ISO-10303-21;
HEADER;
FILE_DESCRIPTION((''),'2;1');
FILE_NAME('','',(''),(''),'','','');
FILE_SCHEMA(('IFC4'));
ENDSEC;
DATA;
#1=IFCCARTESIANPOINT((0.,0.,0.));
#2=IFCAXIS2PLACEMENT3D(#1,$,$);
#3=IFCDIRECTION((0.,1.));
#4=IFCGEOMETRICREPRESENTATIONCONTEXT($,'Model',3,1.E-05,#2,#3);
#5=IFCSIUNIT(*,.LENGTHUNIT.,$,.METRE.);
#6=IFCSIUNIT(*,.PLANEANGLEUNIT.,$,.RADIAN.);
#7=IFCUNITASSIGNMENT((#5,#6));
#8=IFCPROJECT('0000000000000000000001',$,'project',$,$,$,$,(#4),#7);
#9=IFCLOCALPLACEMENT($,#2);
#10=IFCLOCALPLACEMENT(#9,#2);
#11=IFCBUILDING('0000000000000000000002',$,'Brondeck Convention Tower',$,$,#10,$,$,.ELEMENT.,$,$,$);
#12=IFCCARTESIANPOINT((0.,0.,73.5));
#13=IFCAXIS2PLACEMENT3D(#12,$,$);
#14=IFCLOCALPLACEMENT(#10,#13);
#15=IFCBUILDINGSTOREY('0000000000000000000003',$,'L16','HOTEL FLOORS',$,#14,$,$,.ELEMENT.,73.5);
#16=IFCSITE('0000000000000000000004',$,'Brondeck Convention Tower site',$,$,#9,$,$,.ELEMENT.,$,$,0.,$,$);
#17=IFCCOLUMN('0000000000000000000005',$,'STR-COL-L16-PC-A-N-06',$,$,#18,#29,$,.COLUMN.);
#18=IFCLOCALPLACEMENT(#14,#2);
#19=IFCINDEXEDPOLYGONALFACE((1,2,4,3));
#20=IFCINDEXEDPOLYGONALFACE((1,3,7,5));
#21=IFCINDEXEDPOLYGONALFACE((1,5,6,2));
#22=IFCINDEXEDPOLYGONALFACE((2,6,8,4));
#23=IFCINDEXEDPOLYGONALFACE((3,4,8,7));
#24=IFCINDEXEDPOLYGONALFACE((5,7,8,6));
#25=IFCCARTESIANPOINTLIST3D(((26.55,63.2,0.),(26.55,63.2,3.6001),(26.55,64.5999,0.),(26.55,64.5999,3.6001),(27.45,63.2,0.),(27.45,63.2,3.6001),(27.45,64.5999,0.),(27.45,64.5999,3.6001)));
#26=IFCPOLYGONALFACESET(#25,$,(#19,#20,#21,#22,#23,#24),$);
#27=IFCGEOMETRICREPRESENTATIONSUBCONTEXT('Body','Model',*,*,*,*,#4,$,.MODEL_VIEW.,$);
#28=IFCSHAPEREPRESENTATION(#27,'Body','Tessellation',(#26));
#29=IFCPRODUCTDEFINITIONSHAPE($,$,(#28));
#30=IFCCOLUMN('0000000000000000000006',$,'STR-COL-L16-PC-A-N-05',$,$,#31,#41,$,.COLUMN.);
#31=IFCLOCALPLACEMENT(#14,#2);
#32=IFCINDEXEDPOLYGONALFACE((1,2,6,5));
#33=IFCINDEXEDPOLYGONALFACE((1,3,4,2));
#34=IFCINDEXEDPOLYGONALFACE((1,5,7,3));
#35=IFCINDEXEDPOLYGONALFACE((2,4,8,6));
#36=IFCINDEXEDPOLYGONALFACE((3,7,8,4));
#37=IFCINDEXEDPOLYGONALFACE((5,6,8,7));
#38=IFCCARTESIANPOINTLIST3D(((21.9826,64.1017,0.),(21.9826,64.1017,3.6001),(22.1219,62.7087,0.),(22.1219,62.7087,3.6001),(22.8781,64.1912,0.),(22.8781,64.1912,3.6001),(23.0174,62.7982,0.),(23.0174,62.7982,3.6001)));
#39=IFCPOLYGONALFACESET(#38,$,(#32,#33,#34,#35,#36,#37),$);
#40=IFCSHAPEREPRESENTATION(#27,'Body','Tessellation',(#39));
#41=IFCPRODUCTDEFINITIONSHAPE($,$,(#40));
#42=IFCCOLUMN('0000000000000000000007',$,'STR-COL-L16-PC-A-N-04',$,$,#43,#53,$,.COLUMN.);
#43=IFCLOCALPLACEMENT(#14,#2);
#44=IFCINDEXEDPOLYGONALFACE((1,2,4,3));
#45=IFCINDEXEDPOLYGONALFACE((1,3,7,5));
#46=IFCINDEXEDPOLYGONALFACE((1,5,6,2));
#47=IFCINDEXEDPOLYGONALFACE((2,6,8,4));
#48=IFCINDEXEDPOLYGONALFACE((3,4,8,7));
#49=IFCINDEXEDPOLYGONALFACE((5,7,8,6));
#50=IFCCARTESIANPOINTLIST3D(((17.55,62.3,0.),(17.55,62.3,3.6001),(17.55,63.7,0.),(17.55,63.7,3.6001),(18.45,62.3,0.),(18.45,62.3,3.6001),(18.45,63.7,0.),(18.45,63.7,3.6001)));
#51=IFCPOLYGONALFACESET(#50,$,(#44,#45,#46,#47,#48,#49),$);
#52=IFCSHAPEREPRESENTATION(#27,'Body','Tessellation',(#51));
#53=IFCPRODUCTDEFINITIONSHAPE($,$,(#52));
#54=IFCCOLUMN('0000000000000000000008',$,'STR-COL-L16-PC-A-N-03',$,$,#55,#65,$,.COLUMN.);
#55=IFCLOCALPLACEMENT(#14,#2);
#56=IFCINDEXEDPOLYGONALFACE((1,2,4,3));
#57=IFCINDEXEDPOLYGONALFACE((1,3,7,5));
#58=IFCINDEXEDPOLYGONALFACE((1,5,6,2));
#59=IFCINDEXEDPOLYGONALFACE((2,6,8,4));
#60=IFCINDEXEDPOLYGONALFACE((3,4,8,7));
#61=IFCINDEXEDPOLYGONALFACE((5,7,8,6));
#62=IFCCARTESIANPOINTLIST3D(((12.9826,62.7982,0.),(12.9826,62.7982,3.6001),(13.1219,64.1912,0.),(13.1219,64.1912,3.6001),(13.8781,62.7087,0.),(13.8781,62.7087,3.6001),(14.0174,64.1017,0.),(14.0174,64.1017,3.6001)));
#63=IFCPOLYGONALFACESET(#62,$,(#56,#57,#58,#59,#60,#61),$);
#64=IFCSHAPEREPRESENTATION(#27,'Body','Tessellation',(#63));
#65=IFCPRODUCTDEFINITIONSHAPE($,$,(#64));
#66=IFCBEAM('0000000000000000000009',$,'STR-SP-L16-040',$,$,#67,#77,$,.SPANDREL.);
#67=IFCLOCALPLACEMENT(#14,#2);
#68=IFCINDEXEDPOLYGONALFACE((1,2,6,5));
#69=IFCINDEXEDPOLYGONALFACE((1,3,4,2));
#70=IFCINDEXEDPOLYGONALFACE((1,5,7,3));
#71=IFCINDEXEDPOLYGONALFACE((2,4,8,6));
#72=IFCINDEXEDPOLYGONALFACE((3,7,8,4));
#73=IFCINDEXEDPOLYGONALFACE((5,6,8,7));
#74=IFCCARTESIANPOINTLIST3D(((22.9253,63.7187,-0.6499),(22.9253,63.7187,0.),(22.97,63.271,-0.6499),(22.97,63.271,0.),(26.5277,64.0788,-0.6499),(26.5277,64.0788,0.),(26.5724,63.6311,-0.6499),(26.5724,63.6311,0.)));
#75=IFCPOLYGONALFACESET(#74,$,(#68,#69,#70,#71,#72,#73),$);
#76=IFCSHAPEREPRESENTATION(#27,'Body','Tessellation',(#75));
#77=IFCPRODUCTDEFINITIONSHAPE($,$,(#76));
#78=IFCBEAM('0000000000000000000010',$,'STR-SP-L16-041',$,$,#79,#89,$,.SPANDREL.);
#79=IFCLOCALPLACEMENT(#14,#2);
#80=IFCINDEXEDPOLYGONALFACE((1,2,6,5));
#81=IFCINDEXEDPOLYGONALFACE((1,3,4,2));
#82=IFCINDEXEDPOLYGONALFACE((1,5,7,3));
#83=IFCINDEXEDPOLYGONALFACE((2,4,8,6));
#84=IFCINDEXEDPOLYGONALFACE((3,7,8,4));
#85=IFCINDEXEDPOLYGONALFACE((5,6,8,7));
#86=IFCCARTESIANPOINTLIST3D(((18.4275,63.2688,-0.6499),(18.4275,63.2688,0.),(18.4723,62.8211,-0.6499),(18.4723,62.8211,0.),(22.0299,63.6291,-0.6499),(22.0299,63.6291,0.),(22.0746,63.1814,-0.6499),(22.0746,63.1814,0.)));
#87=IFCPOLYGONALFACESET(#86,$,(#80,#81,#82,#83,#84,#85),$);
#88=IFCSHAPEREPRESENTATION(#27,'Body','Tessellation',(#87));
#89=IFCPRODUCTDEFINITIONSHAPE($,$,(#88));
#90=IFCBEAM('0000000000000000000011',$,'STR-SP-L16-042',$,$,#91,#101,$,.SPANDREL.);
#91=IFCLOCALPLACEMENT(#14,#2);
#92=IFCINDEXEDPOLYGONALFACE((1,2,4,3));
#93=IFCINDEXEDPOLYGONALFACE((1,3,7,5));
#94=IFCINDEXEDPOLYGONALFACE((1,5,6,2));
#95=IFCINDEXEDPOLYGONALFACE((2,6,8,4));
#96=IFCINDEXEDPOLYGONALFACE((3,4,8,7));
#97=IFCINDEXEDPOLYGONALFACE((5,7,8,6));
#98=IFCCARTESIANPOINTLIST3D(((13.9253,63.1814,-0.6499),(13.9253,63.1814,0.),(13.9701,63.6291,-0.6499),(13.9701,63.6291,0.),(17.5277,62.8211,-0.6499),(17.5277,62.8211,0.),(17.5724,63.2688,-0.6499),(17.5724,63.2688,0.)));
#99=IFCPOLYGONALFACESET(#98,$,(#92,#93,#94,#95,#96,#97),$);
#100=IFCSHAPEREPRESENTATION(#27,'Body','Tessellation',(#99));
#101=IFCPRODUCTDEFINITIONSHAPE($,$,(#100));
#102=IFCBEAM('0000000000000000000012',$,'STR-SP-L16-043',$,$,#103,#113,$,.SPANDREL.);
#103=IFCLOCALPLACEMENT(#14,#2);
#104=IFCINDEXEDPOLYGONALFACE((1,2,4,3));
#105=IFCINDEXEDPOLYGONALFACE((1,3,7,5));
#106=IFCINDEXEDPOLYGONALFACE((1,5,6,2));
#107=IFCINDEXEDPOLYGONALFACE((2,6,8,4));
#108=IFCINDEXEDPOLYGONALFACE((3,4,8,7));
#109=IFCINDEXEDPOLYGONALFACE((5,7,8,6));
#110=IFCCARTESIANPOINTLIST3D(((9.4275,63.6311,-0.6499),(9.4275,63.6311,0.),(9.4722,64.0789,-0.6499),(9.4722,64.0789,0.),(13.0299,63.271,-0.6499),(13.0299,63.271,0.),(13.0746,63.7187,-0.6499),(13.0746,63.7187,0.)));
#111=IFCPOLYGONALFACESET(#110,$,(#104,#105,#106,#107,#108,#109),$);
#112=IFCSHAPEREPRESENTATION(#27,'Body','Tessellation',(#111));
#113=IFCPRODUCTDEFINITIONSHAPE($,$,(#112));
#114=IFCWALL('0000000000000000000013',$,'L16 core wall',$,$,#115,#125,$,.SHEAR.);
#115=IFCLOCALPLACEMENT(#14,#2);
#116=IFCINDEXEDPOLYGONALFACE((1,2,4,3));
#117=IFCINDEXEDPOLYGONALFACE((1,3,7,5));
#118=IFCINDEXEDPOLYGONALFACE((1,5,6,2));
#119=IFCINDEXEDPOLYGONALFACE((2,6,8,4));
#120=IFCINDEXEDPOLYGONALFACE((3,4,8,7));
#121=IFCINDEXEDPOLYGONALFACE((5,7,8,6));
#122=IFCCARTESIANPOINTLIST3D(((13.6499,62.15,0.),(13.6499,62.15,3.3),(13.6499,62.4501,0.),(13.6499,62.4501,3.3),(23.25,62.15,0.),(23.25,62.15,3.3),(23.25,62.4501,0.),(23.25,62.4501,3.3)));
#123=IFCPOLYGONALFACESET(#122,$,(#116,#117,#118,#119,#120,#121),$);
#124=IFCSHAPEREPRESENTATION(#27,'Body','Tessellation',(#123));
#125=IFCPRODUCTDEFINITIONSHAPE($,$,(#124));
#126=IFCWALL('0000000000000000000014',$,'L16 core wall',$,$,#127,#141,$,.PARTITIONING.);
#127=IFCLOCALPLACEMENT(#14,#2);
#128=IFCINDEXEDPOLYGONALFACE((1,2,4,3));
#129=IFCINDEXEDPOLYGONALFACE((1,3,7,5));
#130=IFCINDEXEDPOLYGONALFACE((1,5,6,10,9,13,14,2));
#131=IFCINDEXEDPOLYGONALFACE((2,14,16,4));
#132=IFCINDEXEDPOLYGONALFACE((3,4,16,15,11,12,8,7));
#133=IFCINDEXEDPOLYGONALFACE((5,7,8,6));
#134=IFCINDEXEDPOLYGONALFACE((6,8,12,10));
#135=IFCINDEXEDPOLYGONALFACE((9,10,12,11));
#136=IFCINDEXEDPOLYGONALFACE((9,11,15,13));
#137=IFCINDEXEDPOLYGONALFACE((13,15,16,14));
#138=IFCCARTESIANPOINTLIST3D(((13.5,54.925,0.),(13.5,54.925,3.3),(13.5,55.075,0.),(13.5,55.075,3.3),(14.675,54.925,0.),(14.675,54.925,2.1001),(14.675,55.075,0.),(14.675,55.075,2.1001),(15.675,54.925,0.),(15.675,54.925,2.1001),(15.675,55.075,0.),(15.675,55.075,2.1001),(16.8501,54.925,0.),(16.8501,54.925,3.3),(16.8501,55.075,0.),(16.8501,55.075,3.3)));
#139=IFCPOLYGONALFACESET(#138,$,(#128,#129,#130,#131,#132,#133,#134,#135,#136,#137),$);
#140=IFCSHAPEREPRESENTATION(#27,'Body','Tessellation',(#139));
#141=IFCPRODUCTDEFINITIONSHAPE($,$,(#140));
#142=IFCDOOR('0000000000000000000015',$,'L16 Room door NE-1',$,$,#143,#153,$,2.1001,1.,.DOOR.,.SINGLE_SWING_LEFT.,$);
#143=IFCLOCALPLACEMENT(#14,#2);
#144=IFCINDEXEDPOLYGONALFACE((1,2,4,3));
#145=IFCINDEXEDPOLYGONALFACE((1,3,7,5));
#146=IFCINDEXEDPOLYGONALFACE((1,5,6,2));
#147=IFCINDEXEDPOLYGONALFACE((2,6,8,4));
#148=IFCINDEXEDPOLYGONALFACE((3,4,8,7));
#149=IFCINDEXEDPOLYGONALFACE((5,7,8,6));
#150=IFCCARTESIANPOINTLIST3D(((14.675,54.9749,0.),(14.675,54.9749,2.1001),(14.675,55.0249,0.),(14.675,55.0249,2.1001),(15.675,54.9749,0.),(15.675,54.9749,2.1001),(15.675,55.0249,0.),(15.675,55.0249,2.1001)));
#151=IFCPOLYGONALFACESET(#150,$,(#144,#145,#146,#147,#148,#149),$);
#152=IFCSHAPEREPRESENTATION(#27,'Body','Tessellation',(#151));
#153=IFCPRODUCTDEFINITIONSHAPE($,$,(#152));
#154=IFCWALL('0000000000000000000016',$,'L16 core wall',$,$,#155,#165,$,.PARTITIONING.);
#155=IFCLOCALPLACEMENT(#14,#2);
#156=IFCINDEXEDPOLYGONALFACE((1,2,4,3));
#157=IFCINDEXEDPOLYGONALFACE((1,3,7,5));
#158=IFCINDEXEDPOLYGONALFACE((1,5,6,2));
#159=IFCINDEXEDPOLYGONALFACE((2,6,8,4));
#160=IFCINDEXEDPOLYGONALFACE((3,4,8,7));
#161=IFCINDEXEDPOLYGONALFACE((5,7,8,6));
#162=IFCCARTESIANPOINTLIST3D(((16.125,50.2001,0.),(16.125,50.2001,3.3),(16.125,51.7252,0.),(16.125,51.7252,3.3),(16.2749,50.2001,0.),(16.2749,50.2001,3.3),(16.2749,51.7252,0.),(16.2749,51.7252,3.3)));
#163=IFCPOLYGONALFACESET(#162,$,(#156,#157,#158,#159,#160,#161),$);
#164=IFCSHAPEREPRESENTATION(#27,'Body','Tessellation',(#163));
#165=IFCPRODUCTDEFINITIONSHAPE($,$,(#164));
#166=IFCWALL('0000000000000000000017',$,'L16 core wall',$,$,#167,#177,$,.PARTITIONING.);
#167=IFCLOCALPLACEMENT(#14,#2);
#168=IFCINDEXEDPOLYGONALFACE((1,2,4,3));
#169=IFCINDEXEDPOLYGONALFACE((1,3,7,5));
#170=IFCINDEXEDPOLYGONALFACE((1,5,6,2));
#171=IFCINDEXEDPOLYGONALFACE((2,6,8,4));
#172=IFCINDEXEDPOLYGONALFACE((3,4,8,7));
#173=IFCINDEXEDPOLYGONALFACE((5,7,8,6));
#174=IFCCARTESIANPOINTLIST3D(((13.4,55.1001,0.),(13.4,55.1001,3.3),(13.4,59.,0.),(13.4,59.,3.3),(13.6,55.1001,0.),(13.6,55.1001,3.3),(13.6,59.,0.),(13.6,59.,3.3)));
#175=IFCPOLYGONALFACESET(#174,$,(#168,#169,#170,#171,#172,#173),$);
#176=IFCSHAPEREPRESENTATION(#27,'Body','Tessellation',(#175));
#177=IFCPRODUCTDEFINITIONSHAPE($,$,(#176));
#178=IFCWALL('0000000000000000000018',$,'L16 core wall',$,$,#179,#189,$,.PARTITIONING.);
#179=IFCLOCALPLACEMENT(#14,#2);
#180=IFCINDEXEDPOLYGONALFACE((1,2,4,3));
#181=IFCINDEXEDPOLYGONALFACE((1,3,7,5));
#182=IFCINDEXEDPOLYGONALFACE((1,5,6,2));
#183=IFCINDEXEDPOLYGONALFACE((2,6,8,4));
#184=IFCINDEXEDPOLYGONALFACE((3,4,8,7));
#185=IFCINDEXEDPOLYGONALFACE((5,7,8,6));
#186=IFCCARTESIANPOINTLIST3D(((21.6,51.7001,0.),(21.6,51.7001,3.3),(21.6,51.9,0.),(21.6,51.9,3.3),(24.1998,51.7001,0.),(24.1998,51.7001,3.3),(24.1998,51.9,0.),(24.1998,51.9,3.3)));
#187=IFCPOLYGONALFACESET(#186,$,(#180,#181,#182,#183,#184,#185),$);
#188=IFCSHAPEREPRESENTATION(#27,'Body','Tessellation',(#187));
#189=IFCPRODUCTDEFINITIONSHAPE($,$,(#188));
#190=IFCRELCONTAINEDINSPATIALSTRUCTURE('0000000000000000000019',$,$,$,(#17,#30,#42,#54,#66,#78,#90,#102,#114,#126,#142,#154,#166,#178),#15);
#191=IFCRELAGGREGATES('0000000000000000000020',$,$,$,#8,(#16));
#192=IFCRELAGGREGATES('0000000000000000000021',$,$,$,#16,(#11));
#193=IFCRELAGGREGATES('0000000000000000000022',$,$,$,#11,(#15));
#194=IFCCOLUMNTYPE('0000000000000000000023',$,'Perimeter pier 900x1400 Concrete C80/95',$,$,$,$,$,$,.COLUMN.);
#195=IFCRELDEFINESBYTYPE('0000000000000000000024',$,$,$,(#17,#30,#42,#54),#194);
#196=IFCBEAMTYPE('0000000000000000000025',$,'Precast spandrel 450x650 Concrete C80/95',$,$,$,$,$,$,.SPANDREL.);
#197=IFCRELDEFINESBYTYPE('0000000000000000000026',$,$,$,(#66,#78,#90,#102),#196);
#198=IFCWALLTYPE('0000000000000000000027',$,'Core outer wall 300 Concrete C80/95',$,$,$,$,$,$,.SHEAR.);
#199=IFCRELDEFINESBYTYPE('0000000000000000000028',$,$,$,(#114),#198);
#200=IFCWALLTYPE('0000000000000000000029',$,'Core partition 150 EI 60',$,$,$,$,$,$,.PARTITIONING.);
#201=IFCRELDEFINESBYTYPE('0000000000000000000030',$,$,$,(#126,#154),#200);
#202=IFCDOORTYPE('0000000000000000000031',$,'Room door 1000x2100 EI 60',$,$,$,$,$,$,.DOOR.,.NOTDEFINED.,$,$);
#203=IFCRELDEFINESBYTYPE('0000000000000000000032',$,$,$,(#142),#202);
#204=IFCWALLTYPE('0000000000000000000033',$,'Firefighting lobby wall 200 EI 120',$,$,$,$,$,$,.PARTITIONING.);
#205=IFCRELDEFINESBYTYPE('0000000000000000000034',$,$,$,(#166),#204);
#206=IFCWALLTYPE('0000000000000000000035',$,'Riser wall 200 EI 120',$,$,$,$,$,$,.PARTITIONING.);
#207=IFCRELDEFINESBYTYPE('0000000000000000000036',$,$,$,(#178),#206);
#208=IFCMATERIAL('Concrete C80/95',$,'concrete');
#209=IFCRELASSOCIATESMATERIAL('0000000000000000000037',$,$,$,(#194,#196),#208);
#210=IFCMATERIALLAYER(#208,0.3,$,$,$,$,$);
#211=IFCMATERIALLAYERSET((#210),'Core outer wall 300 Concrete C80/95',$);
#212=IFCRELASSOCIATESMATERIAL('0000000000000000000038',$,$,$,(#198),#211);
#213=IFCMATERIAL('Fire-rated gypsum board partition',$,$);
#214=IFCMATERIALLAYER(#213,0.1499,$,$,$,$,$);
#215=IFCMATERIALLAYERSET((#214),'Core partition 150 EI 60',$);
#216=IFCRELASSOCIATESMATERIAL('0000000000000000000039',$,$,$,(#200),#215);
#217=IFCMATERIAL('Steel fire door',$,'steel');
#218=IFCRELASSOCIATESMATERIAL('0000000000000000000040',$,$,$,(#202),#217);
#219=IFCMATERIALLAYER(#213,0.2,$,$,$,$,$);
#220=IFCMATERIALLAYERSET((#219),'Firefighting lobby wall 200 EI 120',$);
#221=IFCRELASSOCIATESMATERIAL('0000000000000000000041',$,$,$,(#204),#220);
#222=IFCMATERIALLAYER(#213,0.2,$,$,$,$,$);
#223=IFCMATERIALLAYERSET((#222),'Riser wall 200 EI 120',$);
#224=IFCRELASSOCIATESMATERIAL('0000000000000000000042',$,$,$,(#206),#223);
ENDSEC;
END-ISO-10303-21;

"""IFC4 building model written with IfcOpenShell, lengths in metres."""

from ifc_helpers import new_model, si_unit, direction, frame, frame_2d, origin, origin_2d, place, context, subcontext, project, spatial, rectangle, extrude, material, layer, layer_set, material_profile, profile_set, type_object, element, fill, save


model = new_model("IFC4")

# Units and contexts
model_context = context("Model", 3, precision=1e-05, world=origin(), true_north=direction((0.0, 1.0)))
body_context = subcontext(model_context, "Body", "Model", "MODEL_VIEW")
ifc_project = project(units=[si_unit("LENGTHUNIT", "METRE"), si_unit("PLANEANGLEUNIT", "RADIAN")], contexts=[model_context])

# Site, building, storey
site_placement = place(None, origin())
site = spatial("IfcSite", under=ifc_project, at=site_placement, Name="Brondeck Convention Tower site", CompositionType="ELEMENT", RefElevation=0.0)
building_placement = place(site_placement, origin())
building = spatial("IfcBuilding", under=site, at=building_placement, Name="Brondeck Convention Tower", CompositionType="ELEMENT")
storey_placement = place(building_placement, frame((0.0, 0.0, 73.5)))
storey = spatial("IfcBuildingStorey", under=building, at=storey_placement, Name="L16", Description="HOTEL FLOORS", CompositionType="ELEMENT", Elevation=73.5)

# Columns
ifc_material_1 = material(Name="Concrete C80/95", Category="concrete")
ifc_material_profile_1 = material_profile(ifc_material_1, rectangle(XDim=0.8999, YDim=1.3999, at=origin_2d()), Name="Perimeter pier 900x1400 Concrete C80/95")
ifc_profile_set_1 = profile_set([ifc_material_profile_1], Name="Concrete C80/95")
column_type = type_object("IfcColumnType", Name="Perimeter pier 900x1400 Concrete C80/95", PredefinedType="COLUMN", material=ifc_profile_set_1)
for number, where, z_axis, x_axis, name in (
    (1, (27.0, 63.8999, 0.0), (0.0, 0.0, 1.0), (-1.0, 0.0, 0.0), "STR-COL-L16-PC-A-N-06"),
    (2, (22.5, 63.45, 0.0), (0.0, 0.0, 1.0), (-0.995037, -0.099504, 0.0), "STR-COL-L16-PC-A-N-05"),
    (3, (18.0, 63.0, 0.0), (0.0, 0.0, 1.0), (-1.0, 0.0, 0.0), "STR-COL-L16-PC-A-N-04"),
    (4, (13.5, 63.45, 0.0), (0.0, 0.0, 1.0), (-0.995037, 0.099504, 0.0), "STR-COL-L16-PC-A-N-03"),
):
    element("IfcColumn", number, at=place(storey_placement, frame(where, z_axis=z_axis, x_axis=x_axis)), inside=storey, type_object=column_type, Name=name, PredefinedType="COLUMN", context=body_context, shape_type="SweptSolid", body=[
        extrude(rectangle(XDim=0.8999, YDim=1.3999, at=origin_2d()), origin(), (0.0, 0.0, 1.0), 3.6001),
    ])

# Beams
ifc_material_profile_2 = material_profile(ifc_material_1, rectangle(XDim=0.45, YDim=0.6499, at=origin_2d()), Name="Precast spandrel 450x650 Concrete C80/95")
ifc_profile_set_2 = profile_set([ifc_material_profile_2], Name="Concrete C80/95")
beam_type = type_object("IfcBeamType", Name="Precast spandrel 450x650 Concrete C80/95", PredefinedType="SPANDREL", material=ifc_profile_set_2)
for number, where, z_axis, x_axis, name in (
    (5, (26.55, 63.855, -0.325), (-0.995041, -0.09947, 0.0), (0.09947, -0.995041, 0.0), "STR-SP-L16-040"),
    (6, (22.0522, 63.4053, -0.325), (-0.995034, -0.099537, 0.0), (0.099537, -0.995034, 0.0), "STR-SP-L16-041"),
    (7, (17.55, 63.0449, -0.325), (-0.995034, 0.099537, 0.0), (-0.099537, -0.995034, 0.0), "STR-SP-L16-042"),
    (8, (13.0522, 63.4949, -0.325), (-0.995041, 0.09947, 0.0), (-0.09947, -0.995041, 0.0), "STR-SP-L16-043"),
):
    element("IfcBeam", number, at=place(storey_placement, frame(where, z_axis=z_axis, x_axis=x_axis)), inside=storey, type_object=beam_type, Name=name, PredefinedType="SPANDREL", context=body_context, shape_type="SweptSolid", body=[
        extrude(rectangle(XDim=0.45, YDim=0.6499, at=origin_2d()), origin(), (0.0, 0.0, 1.0), 3.6204),
    ])

# Wall
ifc_layer_1 = layer(ifc_material_1, 0.3)
ifc_layer_set_1 = layer_set([ifc_layer_1], Name="Core outer wall 300 Concrete C80/95")
wall_type_1 = type_object("IfcWallType", Name="Core outer wall 300 Concrete C80/95", PredefinedType="SHEAR", material=ifc_layer_set_1)
wall_1_placement = place(storey_placement, frame((13.6499, 62.3, 0.0), z_axis=(0.0, 0.0, 1.0), x_axis=(1.0, 0.0, 0.0)))
element("IfcWall", 9, at=wall_1_placement, inside=storey, type_object=wall_type_1, Name="L16 core wall", PredefinedType="SHEAR", context=body_context, shape_type="SweptSolid", body=[
    extrude(rectangle(XDim=9.6001, YDim=0.3, at=frame_2d((4.8, 0.0))), origin(), (0.0, 0.0, 1.0), 3.3),
])

# Wall, opening, door
ifc_material_2 = material(Name="Fire-rated gypsum board partition")
ifc_layer_2 = layer(ifc_material_2, 0.1499)
ifc_layer_set_2 = layer_set([ifc_layer_2], Name="Core partition 150 EI 60")
wall_type_2 = type_object("IfcWallType", Name="Core partition 150 EI 60", PredefinedType="PARTITIONING", material=ifc_layer_set_2)
wall_2_placement = place(storey_placement, frame((13.5, 55.0, 0.0), z_axis=(0.0, 0.0, 1.0), x_axis=(1.0, 0.0, 0.0)))
wall_2 = element("IfcWall", 10, at=wall_2_placement, inside=storey, type_object=wall_type_2, Name="L16 core wall", PredefinedType="PARTITIONING", context=body_context, shape_type="SweptSolid", body=[
    extrude(rectangle(XDim=3.3501, YDim=0.1499, at=frame_2d((1.675, 0.0))), origin(), (0.0, 0.0, 1.0), 3.3),
])
opening_1_placement = place(wall_2_placement, frame((1.175, 0.0, 0.0)))
opening_1 = element("IfcOpeningElement", 11, at=opening_1_placement, cuts=wall_2, PredefinedType="OPENING", context=body_context, shape_type="SweptSolid", body=[
    extrude(rectangle(XDim=1.0, YDim=2.1001, at=frame_2d((0.5, 1.05))), frame((0.0, 0.085, 0.0), z_axis=(0.0, -1.0, 0.0), x_axis=(1.0, 0.0, 0.0)), (0.0, 0.0, 1.0), 0.1699),
])
ifc_material_3 = material(Name="Steel fire door", Category="steel")
door_type_1 = type_object("IfcDoorType", Name="Room door 1000x2100 EI 60", OperationType="NOTDEFINED", PredefinedType="DOOR", material=ifc_material_3)
door_1_placement = place(opening_1_placement, origin())
door_1 = element("IfcDoor", 12, at=door_1_placement, inside=storey, type_object=door_type_1, Name="L16 Room door NE-1", OperationType="SINGLE_SWING_LEFT", OverallHeight=2.1001, OverallWidth=1.0, PredefinedType="DOOR", context=body_context, shape_type="SweptSolid", body=[
    extrude(rectangle(XDim=1.0, YDim=2.1001, at=frame_2d((0.5, 1.05))), frame((0.0, 0.0249, 0.0), z_axis=(0.0, -1.0, 0.0), x_axis=(1.0, 0.0, 0.0)), (0.0, 0.0, 1.0), 0.05),
])
fill(opening_1, door_1)

# Walls
wall_3_placement = place(storey_placement, frame((16.2, 50.2, 0.0), z_axis=(0.0, 0.0, 1.0), x_axis=(0.0, 1.0, 0.0)))
element("IfcWall", 13, at=wall_3_placement, inside=storey, type_object=wall_type_2, Name="L16 core wall", PredefinedType="PARTITIONING", context=body_context, shape_type="SweptSolid", body=[
    extrude(rectangle(XDim=1.5251, YDim=0.1499, at=frame_2d((0.7627, 0.0))), origin(), (0.0, 0.0, 1.0), 3.3),
])
ifc_layer_3 = layer(ifc_material_2, 0.2)
ifc_layer_set_3 = layer_set([ifc_layer_3], Name="Firefighting lobby wall 200 EI 120")
wall_type_3 = type_object("IfcWallType", Name="Firefighting lobby wall 200 EI 120", PredefinedType="PARTITIONING", material=ifc_layer_set_3)
wall_4_placement = place(storey_placement, frame((13.5, 55.1001, 0.0), z_axis=(0.0, 0.0, 1.0), x_axis=(0.0, 1.0, 0.0)))
element("IfcWall", 14, at=wall_4_placement, inside=storey, type_object=wall_type_3, Name="L16 core wall", PredefinedType="PARTITIONING", context=body_context, shape_type="SweptSolid", body=[
    extrude(rectangle(XDim=3.8999, YDim=0.2, at=frame_2d((1.95, 0.0))), origin(), (0.0, 0.0, 1.0), 3.3),
])
ifc_layer_4 = layer(ifc_material_2, 0.2)
ifc_layer_set_4 = layer_set([ifc_layer_4], Name="Riser wall 200 EI 120")
wall_type_4 = type_object("IfcWallType", Name="Riser wall 200 EI 120", PredefinedType="PARTITIONING", material=ifc_layer_set_4)
wall_5_placement = place(storey_placement, frame((21.6001, 51.8, 0.0), z_axis=(0.0, 0.0, 1.0), x_axis=(1.0, 0.0, 0.0)))
element("IfcWall", 15, at=wall_5_placement, inside=storey, type_object=wall_type_4, Name="L16 core wall", PredefinedType="PARTITIONING", context=body_context, shape_type="SweptSolid", body=[
    extrude(rectangle(XDim=2.5999, YDim=0.2, at=frame_2d((1.2998, 0.0))), origin(), (0.0, 0.0, 1.0), 3.3),
])

save(model, "model.ifc")
